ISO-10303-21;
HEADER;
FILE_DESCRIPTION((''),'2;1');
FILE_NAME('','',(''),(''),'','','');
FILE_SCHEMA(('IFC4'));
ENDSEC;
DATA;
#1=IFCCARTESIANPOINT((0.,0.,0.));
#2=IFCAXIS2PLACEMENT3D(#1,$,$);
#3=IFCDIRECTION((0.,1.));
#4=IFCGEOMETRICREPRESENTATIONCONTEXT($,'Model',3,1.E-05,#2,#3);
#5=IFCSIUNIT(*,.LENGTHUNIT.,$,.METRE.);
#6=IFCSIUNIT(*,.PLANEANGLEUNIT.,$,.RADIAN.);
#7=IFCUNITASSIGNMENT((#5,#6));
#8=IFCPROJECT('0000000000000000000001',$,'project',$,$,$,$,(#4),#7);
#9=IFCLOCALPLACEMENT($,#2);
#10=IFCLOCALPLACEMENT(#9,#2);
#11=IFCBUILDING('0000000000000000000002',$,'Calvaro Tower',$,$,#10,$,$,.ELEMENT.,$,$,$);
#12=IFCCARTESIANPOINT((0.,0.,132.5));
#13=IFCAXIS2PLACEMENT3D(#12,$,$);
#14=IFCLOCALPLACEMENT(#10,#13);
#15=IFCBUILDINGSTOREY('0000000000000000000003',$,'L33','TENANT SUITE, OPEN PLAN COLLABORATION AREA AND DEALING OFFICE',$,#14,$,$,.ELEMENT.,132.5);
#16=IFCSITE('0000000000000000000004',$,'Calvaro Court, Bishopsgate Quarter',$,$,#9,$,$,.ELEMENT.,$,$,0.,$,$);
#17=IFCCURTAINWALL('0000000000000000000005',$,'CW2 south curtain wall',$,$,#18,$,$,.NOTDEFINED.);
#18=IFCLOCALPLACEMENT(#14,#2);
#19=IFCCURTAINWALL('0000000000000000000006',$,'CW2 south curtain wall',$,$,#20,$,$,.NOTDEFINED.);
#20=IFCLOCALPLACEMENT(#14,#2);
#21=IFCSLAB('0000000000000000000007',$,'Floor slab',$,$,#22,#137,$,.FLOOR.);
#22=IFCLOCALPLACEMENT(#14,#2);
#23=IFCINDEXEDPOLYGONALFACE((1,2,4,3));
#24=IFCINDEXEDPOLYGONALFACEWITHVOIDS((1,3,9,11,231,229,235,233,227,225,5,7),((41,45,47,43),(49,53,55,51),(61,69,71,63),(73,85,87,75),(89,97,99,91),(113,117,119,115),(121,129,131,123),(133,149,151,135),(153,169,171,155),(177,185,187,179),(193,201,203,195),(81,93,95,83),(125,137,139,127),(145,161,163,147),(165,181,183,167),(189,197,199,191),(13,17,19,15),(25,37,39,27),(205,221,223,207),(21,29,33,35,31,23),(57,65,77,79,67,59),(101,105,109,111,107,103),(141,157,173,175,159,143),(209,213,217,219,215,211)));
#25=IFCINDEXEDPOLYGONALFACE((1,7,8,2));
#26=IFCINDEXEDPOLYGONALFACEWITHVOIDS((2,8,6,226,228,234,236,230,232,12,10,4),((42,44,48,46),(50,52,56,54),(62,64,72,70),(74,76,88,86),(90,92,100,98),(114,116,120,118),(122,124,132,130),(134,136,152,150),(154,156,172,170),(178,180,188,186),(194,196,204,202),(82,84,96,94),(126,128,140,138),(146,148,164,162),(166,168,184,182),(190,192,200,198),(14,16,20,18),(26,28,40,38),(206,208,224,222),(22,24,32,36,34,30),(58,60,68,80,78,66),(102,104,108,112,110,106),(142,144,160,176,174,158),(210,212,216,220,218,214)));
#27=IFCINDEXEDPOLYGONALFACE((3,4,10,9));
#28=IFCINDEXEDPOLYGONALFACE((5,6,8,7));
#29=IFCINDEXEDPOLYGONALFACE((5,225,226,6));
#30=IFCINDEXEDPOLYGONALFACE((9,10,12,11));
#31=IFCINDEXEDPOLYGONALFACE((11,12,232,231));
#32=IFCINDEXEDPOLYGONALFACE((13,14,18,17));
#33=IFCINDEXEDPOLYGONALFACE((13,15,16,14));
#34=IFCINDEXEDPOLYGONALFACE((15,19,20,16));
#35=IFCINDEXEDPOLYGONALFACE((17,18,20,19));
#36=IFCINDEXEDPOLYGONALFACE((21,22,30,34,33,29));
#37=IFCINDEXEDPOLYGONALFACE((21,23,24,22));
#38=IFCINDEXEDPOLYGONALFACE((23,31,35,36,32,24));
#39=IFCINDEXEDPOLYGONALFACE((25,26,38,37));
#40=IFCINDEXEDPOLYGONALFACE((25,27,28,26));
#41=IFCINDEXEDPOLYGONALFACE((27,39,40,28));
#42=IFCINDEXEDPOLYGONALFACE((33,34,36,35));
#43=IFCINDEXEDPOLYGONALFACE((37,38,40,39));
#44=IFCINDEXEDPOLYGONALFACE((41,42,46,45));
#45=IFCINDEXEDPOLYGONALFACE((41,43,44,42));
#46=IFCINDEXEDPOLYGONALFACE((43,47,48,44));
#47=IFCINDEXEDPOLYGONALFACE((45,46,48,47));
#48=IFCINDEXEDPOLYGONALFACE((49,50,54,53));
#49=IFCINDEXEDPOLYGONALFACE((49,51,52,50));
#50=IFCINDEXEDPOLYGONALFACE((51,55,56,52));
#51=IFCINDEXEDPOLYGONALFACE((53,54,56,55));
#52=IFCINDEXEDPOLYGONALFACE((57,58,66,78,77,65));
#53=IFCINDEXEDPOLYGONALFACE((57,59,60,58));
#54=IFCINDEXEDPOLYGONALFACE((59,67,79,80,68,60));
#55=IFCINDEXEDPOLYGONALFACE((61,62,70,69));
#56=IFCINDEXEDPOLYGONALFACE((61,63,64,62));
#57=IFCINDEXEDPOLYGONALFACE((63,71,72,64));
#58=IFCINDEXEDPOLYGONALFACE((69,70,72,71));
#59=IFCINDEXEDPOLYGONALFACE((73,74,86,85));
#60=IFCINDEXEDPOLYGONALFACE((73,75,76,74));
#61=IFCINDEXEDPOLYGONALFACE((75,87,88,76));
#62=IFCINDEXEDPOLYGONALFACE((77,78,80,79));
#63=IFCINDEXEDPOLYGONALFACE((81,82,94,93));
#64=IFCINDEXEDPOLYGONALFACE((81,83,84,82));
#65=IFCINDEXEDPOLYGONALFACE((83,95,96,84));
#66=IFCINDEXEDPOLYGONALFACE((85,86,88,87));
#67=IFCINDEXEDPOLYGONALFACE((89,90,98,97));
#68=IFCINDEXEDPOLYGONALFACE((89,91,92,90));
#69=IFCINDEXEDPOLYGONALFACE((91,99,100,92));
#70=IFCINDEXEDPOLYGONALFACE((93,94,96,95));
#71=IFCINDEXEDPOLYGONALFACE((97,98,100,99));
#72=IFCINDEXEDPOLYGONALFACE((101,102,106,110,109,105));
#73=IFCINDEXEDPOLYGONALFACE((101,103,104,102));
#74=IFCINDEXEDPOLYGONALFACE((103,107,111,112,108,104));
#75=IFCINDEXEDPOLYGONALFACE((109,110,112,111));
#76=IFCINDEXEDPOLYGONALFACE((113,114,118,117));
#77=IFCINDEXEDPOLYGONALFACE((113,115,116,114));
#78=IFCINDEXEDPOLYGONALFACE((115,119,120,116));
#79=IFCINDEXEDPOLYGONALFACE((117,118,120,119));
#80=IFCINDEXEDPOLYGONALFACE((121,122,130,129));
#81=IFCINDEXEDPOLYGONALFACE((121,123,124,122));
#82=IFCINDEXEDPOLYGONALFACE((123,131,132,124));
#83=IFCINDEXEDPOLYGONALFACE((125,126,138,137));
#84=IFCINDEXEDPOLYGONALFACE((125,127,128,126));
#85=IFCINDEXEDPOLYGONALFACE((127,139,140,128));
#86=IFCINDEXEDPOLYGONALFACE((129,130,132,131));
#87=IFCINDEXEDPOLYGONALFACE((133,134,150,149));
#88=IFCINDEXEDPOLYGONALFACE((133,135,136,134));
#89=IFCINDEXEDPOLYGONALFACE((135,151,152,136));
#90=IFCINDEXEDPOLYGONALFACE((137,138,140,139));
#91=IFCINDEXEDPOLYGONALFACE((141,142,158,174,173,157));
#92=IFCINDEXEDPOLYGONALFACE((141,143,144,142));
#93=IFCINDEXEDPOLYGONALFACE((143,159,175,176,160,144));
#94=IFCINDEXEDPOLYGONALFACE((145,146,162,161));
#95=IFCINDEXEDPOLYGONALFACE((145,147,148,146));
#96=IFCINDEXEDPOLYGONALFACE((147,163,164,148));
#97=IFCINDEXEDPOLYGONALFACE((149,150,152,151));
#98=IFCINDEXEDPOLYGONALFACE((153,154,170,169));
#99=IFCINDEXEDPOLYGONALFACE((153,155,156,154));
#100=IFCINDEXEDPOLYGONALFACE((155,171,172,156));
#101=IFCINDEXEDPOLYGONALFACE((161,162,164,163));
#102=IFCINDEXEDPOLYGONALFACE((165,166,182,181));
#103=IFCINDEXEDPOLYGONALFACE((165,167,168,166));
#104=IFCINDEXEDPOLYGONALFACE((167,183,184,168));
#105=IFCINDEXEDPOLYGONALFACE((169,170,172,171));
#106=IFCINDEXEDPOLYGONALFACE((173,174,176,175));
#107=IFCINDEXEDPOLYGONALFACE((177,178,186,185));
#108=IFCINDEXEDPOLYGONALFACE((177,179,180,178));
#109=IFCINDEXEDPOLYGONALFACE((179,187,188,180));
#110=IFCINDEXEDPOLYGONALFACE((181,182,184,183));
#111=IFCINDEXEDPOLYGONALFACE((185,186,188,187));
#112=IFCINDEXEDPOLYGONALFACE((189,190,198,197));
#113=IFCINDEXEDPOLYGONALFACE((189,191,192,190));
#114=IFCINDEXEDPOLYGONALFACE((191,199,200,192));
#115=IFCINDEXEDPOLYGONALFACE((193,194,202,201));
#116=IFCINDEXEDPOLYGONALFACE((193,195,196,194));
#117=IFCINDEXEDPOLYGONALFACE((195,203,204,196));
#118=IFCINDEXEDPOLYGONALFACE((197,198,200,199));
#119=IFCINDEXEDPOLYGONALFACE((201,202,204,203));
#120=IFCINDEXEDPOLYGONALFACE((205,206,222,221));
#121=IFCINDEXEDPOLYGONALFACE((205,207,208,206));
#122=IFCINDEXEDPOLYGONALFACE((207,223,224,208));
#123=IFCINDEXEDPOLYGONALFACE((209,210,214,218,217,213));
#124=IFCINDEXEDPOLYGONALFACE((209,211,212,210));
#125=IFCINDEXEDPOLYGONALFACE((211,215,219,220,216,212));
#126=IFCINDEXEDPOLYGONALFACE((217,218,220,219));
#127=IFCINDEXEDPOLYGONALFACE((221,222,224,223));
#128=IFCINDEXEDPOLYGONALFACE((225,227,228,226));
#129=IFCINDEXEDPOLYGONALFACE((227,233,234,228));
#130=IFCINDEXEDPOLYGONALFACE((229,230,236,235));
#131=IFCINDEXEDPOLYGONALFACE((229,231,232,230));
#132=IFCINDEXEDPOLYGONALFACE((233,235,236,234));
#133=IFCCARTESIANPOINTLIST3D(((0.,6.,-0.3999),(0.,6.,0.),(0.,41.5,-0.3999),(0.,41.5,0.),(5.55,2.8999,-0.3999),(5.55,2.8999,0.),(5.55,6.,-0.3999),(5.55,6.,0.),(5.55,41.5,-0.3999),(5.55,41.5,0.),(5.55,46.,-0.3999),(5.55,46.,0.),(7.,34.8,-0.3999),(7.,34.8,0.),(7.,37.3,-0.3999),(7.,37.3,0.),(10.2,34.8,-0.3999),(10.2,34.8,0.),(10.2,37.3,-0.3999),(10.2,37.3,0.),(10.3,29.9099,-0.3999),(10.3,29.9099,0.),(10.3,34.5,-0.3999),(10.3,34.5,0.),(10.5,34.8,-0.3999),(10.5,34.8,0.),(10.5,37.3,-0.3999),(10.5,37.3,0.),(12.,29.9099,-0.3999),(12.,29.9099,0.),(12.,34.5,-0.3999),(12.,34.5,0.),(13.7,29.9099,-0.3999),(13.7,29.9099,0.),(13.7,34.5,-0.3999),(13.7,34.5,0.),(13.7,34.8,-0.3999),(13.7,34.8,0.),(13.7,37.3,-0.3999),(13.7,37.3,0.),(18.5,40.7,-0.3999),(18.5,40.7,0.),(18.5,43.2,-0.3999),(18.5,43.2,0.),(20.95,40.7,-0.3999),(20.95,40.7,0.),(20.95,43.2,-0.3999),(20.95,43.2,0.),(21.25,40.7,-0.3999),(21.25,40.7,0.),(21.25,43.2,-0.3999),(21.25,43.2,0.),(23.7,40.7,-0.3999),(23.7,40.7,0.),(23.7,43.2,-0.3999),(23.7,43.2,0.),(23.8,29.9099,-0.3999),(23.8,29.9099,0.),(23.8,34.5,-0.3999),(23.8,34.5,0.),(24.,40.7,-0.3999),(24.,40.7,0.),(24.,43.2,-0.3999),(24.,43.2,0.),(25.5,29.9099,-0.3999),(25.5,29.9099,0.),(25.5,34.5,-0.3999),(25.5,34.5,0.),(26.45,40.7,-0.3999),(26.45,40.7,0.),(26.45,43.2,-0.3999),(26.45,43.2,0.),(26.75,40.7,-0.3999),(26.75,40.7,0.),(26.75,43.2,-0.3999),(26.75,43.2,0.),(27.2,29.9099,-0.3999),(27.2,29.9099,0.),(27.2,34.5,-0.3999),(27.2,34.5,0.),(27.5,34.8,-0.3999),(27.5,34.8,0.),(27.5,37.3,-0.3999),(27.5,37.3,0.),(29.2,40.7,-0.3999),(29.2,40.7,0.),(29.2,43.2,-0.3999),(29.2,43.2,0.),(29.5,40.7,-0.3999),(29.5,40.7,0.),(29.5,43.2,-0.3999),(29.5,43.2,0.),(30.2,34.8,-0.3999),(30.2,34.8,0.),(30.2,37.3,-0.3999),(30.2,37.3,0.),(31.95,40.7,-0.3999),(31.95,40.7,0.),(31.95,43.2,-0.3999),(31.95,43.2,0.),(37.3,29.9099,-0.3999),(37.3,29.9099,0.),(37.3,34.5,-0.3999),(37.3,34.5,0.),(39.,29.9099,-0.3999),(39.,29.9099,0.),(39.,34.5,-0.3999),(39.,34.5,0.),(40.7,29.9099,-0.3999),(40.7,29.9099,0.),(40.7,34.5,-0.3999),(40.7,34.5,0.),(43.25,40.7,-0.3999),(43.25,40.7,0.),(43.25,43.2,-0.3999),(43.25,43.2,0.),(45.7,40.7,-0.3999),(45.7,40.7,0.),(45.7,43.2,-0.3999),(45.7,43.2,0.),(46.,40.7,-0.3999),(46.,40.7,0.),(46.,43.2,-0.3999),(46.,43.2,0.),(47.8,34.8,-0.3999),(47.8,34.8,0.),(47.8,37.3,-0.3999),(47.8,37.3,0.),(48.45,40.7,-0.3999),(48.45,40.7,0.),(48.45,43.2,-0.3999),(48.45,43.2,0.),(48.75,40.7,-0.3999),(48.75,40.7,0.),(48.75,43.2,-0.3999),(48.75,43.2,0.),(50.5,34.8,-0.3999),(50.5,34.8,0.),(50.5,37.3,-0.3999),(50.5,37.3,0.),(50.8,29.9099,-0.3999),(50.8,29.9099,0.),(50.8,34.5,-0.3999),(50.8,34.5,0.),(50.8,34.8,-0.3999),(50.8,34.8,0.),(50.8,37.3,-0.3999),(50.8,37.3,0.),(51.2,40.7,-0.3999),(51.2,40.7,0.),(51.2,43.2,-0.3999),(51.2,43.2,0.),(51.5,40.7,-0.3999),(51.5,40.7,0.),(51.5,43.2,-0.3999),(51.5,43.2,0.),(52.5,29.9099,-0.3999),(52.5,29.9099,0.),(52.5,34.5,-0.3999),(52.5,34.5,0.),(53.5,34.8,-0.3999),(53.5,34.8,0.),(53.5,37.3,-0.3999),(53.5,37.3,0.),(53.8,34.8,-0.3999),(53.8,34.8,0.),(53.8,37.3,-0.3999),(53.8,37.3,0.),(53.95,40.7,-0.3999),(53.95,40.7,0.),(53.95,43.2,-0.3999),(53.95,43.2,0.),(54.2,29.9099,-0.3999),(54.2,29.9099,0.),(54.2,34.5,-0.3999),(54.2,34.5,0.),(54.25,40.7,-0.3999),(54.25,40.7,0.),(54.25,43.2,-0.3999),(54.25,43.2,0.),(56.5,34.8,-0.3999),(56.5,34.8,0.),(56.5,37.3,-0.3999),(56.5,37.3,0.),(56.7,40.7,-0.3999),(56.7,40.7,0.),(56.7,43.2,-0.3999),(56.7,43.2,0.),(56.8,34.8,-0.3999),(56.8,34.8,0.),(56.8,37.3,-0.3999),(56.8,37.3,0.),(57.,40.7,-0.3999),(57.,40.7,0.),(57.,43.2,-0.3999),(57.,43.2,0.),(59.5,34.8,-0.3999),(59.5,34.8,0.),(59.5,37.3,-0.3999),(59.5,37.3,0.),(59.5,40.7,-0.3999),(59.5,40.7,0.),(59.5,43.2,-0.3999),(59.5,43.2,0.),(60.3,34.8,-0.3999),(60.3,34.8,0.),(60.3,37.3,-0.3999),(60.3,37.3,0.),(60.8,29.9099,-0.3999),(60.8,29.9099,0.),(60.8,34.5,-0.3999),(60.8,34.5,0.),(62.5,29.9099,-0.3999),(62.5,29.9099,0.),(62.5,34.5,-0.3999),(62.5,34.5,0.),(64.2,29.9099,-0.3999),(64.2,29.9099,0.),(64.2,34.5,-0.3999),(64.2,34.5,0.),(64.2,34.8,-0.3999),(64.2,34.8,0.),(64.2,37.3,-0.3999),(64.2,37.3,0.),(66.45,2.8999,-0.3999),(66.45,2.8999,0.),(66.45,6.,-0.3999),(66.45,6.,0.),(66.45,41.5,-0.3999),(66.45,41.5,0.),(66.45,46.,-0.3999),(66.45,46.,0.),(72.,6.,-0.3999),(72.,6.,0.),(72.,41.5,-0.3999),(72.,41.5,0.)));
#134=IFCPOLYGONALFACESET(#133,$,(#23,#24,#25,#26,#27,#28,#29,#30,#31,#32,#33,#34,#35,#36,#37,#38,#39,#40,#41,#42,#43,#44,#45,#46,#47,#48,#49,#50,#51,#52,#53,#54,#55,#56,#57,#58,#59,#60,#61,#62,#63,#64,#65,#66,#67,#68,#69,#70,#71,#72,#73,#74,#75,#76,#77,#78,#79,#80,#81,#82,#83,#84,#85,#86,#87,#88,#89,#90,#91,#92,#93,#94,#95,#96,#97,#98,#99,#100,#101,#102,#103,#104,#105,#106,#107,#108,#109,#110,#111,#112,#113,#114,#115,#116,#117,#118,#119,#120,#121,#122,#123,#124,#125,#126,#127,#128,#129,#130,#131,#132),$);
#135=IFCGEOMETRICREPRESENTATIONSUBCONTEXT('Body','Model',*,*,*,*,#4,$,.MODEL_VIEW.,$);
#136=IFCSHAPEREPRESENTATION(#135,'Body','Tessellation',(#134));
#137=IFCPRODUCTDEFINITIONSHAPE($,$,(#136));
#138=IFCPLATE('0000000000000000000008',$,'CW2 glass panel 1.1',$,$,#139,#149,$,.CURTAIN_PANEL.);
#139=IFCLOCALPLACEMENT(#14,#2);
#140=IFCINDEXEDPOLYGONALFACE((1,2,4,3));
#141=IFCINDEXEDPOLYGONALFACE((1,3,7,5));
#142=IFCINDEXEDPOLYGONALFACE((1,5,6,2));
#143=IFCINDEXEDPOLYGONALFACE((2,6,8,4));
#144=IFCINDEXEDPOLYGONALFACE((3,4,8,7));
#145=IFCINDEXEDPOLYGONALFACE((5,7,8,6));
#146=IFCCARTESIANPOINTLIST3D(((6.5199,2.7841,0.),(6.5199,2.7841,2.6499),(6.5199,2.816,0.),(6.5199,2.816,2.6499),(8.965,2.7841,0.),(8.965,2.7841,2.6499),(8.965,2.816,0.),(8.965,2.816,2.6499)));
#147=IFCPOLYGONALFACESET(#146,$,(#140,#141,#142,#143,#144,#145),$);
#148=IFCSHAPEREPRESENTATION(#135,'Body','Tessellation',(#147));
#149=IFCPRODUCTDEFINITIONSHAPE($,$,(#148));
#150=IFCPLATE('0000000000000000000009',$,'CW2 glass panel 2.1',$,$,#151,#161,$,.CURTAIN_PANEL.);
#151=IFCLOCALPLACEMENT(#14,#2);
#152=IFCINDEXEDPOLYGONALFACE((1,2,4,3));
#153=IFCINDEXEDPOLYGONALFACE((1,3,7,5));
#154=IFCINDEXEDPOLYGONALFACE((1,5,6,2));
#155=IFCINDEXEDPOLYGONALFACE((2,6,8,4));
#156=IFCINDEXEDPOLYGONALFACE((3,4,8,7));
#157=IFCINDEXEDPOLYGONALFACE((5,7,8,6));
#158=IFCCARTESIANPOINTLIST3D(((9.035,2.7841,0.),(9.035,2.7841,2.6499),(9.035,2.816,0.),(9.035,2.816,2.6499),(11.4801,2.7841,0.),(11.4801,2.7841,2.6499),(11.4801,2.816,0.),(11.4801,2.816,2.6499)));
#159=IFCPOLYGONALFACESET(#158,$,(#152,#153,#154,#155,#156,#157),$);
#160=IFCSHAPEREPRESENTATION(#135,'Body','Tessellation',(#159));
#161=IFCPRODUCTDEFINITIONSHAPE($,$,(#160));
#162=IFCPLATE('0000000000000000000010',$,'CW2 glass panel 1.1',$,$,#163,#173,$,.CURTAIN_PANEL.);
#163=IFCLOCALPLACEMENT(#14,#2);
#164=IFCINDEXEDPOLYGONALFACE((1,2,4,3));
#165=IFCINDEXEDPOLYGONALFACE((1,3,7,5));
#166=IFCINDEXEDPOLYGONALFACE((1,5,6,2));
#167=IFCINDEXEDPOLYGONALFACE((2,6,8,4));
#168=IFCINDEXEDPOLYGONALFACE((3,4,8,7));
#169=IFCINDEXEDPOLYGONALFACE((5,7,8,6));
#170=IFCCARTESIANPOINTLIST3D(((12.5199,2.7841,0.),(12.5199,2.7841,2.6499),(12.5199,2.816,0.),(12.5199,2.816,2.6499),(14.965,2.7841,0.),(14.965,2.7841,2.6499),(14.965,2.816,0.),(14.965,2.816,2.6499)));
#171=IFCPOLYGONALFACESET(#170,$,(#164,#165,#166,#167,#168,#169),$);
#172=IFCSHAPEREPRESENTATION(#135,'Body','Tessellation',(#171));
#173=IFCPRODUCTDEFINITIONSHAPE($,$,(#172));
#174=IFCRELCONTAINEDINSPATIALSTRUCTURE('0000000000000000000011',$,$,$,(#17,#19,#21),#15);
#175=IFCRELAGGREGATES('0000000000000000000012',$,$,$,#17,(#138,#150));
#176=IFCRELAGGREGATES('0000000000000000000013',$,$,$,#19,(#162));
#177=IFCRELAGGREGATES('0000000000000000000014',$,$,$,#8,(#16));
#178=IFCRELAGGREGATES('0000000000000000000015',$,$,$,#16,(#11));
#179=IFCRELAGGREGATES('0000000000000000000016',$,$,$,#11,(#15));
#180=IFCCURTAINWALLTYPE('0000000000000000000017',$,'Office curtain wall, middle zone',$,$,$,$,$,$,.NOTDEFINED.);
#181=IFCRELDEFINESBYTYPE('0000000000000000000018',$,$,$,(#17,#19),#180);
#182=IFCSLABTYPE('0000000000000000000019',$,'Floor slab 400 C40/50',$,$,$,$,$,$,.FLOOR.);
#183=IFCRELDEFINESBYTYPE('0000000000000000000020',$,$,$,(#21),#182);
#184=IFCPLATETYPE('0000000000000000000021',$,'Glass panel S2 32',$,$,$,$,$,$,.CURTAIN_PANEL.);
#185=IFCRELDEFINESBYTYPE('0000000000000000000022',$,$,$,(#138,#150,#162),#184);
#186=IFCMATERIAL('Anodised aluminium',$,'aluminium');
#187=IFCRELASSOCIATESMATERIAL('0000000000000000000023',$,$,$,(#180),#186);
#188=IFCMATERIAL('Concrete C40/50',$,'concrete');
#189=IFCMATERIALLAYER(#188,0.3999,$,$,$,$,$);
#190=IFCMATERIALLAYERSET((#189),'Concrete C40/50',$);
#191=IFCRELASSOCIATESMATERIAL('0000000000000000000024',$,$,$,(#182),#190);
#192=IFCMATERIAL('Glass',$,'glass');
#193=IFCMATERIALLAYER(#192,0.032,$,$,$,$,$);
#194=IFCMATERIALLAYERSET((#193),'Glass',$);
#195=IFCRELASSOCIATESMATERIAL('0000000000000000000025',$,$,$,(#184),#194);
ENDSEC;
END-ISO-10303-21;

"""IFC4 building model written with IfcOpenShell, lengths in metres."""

from ifc_helpers import new_model, si_unit, direction, frame, origin, origin_2d, place, context, subcontext, project, spatial, polyline, rectangle, outline, extrude, material, layer, layer_set, type_object, element, aggregate, save


model = new_model("IFC4")

# Units and contexts
model_context = context("Model", 3, precision=1e-05, world=origin(), true_north=direction((0.0, 1.0)))
body_context = subcontext(model_context, "Body", "Model", "MODEL_VIEW")
ifc_project = project(units=[si_unit("LENGTHUNIT", "METRE"), si_unit("PLANEANGLEUNIT", "RADIAN")], contexts=[model_context])

# Site, building, storey
site_placement = place(None, origin())
site = spatial("IfcSite", under=ifc_project, at=site_placement, Name="Calvaro Court, Bishopsgate Quarter", CompositionType="ELEMENT", RefElevation=0.0)
building_placement = place(site_placement, origin())
building = spatial("IfcBuilding", under=site, at=building_placement, Name="Calvaro Tower", CompositionType="ELEMENT")
storey_placement = place(building_placement, frame((0.0, 0.0, 132.5)))
storey = spatial("IfcBuildingStorey", under=building, at=storey_placement, Name="L33", Description="TENANT SUITE, OPEN PLAN COLLABORATION AREA AND DEALING OFFICE", CompositionType="ELEMENT", Elevation=132.5)

# Curtain walls
ifc_material_1 = material(Name="Anodised aluminium", Category="aluminium")
curtain_wall_type = type_object("IfcCurtainWallType", Name="Office curtain wall, middle zone", PredefinedType="NOTDEFINED", material=ifc_material_1)
curtain_wall_1_placement = place(storey_placement, origin())
curtain_wall_1 = element("IfcCurtainWall", 1, at=curtain_wall_1_placement, inside=storey, type_object=curtain_wall_type, Name="CW2 south curtain wall", PredefinedType="NOTDEFINED")
curtain_wall_2_placement = place(storey_placement, origin())
curtain_wall_2 = element("IfcCurtainWall", 2, at=curtain_wall_2_placement, inside=storey, type_object=curtain_wall_type, Name="CW2 south curtain wall", PredefinedType="NOTDEFINED")

# Slab
ifc_material_2 = material(Name="Concrete C40/50", Category="concrete")
ifc_layer_1 = layer(ifc_material_2, 0.3999)
ifc_layer_set_1 = layer_set([ifc_layer_1], Name="Concrete C40/50")
slab_type_1 = type_object("IfcSlabType", Name="Floor slab 400 C40/50", PredefinedType="FLOOR", material=ifc_layer_set_1)
slab_1_placement = place(storey_placement, frame((0.0, 0.0, -0.3999)))
element("IfcSlab", 3, at=slab_1_placement, inside=storey, type_object=slab_type_1, Name="Floor slab", PredefinedType="FLOOR", context=body_context, shape_type="SweptSolid", body=[
    extrude(outline(polyline([(66.45, 6.0), (66.45, 2.8999), (5.55, 2.8999), (5.55, 6.0), (0.0, 6.0), (0.0, 41.5), (5.55, 41.5), (5.55, 46.0), (66.45, 46.0), (66.45, 41.5), (72.0, 41.5), (72.0, 6.0), (66.45, 6.0)]), holes=[polyline([(10.3, 29.9099), (10.3, 34.5), (12.0, 34.5), (13.7, 34.5), (13.7, 29.9099), (12.0, 29.9099), (10.3, 29.9099)]), polyline([(23.8, 29.9099), (23.8, 34.5), (25.5, 34.5), (27.2, 34.5), (27.2, 29.9099), (25.5, 29.9099), (23.8, 29.9099)]), polyline([(37.3, 29.9099), (37.3, 34.5), (39.0, 34.5), (40.7, 34.5), (40.7, 29.9099), (39.0, 29.9099), (37.3, 29.9099)]), polyline([(50.8, 29.9099), (50.8, 34.5), (52.5, 34.5), (54.2, 34.5), (54.2, 29.9099), (52.5, 29.9099), (50.8, 29.9099)]), polyline([(60.8, 29.9099), (60.8, 34.5), (62.5, 34.5), (64.2, 34.5), (64.2, 29.9099), (62.5, 29.9099), (60.8, 29.9099)]), polyline([(50.8, 34.8), (53.5, 34.8), (53.5, 37.3), (50.8, 37.3), (50.8, 34.8)]), polyline([(53.8, 34.8), (56.5, 34.8), (56.5, 37.3), (53.8, 37.3), (53.8, 34.8)]), polyline([(56.8, 34.8), (59.5, 34.8), (59.5, 37.3), (56.8, 37.3), (56.8, 34.8)]), polyline([(18.5, 40.7), (20.95, 40.7), (20.95, 43.2), (18.5, 43.2), (18.5, 40.7)]), polyline([(21.25, 40.7), (23.7, 40.7), (23.7, 43.2), (21.25, 43.2), (21.25, 40.7)]), polyline([(24.0, 40.7), (26.45, 40.7), (26.45, 43.2), (24.0, 43.2), (24.0, 40.7)]), polyline([(26.75, 40.7), (29.2, 40.7), (29.2, 43.2), (26.75, 43.2), (26.75, 40.7)]), polyline([(29.5, 40.7), (31.95, 40.7), (31.95, 43.2), (29.5, 43.2), (29.5, 40.7)]), polyline([(43.25, 40.7), (45.7, 40.7), (45.7, 43.2), (43.25, 43.2), (43.25, 40.7)]), polyline([(46.0, 40.7), (48.45, 40.7), (48.45, 43.2), (46.0, 43.2), (46.0, 40.7)]), polyline([(48.75, 40.7), (51.2, 40.7), (51.2, 43.2), (48.75, 43.2), (48.75, 40.7)]), polyline([(51.5, 40.7), (53.95, 40.7), (53.95, 43.2), (51.5, 43.2), (51.5, 40.7)]), polyline([(54.25, 40.7), (56.7, 40.7), (56.7, 43.2), (54.25, 43.2), (54.25, 40.7)]), polyline([(57.0, 40.7), (59.5, 40.7), (59.5, 43.2), (57.0, 43.2), (57.0, 40.7)]), polyline([(7.0, 34.8), (10.2, 34.8), (10.2, 37.3), (7.0, 37.3), (7.0, 34.8)]), polyline([(10.5, 34.8), (13.7, 34.8), (13.7, 37.3), (10.5, 37.3), (10.5, 34.8)]), polyline([(60.3, 34.8), (64.2, 34.8), (64.2, 37.3), (60.3, 37.3), (60.3, 34.8)]), polyline([(27.5, 34.8), (30.2, 34.8), (30.2, 37.3), (27.5, 37.3), (27.5, 34.8)]), polyline([(47.8, 34.8), (50.5, 34.8), (50.5, 37.3), (47.8, 37.3), (47.8, 34.8)])]), origin(), (0.0, 0.0, 1.0), 0.3999),
])

# Plates
ifc_material_3 = material(Name="Glass", Category="glass")
ifc_layer_2 = layer(ifc_material_3, 0.032)
ifc_layer_set_2 = layer_set([ifc_layer_2], Name="Glass")
plate_type = type_object("IfcPlateType", Name="Glass panel S2 32", PredefinedType="CURTAIN_PANEL", material=ifc_layer_set_2)
plate_1_placement = place(storey_placement, frame((7.7424, 2.8, 0.0), z_axis=(0.0, 0.0, 1.0), x_axis=(1.0, 0.0, 0.0)))
plate_1 = element("IfcPlate", 4, at=plate_1_placement, type_object=plate_type, Name="CW2 glass panel 1.1", PredefinedType="CURTAIN_PANEL", context=body_context, shape_type="SweptSolid", body=[
    extrude(rectangle(XDim=2.4451, YDim=0.032, at=origin_2d()), origin(), (0.0, 0.0, 1.0), 2.6499),
])
plate_2_placement = place(storey_placement, frame((10.2576, 2.8, 0.0), z_axis=(0.0, 0.0, 1.0), x_axis=(1.0, 0.0, 0.0)))
plate_2 = element("IfcPlate", 5, at=plate_2_placement, type_object=plate_type, Name="CW2 glass panel 2.1", PredefinedType="CURTAIN_PANEL", context=body_context, shape_type="SweptSolid", body=[
    extrude(rectangle(XDim=2.4451, YDim=0.032, at=origin_2d()), origin(), (0.0, 0.0, 1.0), 2.6499),
])
aggregate(curtain_wall_1, [plate_1, plate_2])
plate_3_placement = place(storey_placement, frame((13.7424, 2.8, 0.0), z_axis=(0.0, 0.0, 1.0), x_axis=(1.0, 0.0, 0.0)))
plate_3 = element("IfcPlate", 6, at=plate_3_placement, type_object=plate_type, Name="CW2 glass panel 1.1", PredefinedType="CURTAIN_PANEL", context=body_context, shape_type="SweptSolid", body=[
    extrude(rectangle(XDim=2.4451, YDim=0.032, at=origin_2d()), origin(), (0.0, 0.0, 1.0), 2.6499),
])
aggregate(curtain_wall_2, [plate_3])

save(model, "model.ifc")
